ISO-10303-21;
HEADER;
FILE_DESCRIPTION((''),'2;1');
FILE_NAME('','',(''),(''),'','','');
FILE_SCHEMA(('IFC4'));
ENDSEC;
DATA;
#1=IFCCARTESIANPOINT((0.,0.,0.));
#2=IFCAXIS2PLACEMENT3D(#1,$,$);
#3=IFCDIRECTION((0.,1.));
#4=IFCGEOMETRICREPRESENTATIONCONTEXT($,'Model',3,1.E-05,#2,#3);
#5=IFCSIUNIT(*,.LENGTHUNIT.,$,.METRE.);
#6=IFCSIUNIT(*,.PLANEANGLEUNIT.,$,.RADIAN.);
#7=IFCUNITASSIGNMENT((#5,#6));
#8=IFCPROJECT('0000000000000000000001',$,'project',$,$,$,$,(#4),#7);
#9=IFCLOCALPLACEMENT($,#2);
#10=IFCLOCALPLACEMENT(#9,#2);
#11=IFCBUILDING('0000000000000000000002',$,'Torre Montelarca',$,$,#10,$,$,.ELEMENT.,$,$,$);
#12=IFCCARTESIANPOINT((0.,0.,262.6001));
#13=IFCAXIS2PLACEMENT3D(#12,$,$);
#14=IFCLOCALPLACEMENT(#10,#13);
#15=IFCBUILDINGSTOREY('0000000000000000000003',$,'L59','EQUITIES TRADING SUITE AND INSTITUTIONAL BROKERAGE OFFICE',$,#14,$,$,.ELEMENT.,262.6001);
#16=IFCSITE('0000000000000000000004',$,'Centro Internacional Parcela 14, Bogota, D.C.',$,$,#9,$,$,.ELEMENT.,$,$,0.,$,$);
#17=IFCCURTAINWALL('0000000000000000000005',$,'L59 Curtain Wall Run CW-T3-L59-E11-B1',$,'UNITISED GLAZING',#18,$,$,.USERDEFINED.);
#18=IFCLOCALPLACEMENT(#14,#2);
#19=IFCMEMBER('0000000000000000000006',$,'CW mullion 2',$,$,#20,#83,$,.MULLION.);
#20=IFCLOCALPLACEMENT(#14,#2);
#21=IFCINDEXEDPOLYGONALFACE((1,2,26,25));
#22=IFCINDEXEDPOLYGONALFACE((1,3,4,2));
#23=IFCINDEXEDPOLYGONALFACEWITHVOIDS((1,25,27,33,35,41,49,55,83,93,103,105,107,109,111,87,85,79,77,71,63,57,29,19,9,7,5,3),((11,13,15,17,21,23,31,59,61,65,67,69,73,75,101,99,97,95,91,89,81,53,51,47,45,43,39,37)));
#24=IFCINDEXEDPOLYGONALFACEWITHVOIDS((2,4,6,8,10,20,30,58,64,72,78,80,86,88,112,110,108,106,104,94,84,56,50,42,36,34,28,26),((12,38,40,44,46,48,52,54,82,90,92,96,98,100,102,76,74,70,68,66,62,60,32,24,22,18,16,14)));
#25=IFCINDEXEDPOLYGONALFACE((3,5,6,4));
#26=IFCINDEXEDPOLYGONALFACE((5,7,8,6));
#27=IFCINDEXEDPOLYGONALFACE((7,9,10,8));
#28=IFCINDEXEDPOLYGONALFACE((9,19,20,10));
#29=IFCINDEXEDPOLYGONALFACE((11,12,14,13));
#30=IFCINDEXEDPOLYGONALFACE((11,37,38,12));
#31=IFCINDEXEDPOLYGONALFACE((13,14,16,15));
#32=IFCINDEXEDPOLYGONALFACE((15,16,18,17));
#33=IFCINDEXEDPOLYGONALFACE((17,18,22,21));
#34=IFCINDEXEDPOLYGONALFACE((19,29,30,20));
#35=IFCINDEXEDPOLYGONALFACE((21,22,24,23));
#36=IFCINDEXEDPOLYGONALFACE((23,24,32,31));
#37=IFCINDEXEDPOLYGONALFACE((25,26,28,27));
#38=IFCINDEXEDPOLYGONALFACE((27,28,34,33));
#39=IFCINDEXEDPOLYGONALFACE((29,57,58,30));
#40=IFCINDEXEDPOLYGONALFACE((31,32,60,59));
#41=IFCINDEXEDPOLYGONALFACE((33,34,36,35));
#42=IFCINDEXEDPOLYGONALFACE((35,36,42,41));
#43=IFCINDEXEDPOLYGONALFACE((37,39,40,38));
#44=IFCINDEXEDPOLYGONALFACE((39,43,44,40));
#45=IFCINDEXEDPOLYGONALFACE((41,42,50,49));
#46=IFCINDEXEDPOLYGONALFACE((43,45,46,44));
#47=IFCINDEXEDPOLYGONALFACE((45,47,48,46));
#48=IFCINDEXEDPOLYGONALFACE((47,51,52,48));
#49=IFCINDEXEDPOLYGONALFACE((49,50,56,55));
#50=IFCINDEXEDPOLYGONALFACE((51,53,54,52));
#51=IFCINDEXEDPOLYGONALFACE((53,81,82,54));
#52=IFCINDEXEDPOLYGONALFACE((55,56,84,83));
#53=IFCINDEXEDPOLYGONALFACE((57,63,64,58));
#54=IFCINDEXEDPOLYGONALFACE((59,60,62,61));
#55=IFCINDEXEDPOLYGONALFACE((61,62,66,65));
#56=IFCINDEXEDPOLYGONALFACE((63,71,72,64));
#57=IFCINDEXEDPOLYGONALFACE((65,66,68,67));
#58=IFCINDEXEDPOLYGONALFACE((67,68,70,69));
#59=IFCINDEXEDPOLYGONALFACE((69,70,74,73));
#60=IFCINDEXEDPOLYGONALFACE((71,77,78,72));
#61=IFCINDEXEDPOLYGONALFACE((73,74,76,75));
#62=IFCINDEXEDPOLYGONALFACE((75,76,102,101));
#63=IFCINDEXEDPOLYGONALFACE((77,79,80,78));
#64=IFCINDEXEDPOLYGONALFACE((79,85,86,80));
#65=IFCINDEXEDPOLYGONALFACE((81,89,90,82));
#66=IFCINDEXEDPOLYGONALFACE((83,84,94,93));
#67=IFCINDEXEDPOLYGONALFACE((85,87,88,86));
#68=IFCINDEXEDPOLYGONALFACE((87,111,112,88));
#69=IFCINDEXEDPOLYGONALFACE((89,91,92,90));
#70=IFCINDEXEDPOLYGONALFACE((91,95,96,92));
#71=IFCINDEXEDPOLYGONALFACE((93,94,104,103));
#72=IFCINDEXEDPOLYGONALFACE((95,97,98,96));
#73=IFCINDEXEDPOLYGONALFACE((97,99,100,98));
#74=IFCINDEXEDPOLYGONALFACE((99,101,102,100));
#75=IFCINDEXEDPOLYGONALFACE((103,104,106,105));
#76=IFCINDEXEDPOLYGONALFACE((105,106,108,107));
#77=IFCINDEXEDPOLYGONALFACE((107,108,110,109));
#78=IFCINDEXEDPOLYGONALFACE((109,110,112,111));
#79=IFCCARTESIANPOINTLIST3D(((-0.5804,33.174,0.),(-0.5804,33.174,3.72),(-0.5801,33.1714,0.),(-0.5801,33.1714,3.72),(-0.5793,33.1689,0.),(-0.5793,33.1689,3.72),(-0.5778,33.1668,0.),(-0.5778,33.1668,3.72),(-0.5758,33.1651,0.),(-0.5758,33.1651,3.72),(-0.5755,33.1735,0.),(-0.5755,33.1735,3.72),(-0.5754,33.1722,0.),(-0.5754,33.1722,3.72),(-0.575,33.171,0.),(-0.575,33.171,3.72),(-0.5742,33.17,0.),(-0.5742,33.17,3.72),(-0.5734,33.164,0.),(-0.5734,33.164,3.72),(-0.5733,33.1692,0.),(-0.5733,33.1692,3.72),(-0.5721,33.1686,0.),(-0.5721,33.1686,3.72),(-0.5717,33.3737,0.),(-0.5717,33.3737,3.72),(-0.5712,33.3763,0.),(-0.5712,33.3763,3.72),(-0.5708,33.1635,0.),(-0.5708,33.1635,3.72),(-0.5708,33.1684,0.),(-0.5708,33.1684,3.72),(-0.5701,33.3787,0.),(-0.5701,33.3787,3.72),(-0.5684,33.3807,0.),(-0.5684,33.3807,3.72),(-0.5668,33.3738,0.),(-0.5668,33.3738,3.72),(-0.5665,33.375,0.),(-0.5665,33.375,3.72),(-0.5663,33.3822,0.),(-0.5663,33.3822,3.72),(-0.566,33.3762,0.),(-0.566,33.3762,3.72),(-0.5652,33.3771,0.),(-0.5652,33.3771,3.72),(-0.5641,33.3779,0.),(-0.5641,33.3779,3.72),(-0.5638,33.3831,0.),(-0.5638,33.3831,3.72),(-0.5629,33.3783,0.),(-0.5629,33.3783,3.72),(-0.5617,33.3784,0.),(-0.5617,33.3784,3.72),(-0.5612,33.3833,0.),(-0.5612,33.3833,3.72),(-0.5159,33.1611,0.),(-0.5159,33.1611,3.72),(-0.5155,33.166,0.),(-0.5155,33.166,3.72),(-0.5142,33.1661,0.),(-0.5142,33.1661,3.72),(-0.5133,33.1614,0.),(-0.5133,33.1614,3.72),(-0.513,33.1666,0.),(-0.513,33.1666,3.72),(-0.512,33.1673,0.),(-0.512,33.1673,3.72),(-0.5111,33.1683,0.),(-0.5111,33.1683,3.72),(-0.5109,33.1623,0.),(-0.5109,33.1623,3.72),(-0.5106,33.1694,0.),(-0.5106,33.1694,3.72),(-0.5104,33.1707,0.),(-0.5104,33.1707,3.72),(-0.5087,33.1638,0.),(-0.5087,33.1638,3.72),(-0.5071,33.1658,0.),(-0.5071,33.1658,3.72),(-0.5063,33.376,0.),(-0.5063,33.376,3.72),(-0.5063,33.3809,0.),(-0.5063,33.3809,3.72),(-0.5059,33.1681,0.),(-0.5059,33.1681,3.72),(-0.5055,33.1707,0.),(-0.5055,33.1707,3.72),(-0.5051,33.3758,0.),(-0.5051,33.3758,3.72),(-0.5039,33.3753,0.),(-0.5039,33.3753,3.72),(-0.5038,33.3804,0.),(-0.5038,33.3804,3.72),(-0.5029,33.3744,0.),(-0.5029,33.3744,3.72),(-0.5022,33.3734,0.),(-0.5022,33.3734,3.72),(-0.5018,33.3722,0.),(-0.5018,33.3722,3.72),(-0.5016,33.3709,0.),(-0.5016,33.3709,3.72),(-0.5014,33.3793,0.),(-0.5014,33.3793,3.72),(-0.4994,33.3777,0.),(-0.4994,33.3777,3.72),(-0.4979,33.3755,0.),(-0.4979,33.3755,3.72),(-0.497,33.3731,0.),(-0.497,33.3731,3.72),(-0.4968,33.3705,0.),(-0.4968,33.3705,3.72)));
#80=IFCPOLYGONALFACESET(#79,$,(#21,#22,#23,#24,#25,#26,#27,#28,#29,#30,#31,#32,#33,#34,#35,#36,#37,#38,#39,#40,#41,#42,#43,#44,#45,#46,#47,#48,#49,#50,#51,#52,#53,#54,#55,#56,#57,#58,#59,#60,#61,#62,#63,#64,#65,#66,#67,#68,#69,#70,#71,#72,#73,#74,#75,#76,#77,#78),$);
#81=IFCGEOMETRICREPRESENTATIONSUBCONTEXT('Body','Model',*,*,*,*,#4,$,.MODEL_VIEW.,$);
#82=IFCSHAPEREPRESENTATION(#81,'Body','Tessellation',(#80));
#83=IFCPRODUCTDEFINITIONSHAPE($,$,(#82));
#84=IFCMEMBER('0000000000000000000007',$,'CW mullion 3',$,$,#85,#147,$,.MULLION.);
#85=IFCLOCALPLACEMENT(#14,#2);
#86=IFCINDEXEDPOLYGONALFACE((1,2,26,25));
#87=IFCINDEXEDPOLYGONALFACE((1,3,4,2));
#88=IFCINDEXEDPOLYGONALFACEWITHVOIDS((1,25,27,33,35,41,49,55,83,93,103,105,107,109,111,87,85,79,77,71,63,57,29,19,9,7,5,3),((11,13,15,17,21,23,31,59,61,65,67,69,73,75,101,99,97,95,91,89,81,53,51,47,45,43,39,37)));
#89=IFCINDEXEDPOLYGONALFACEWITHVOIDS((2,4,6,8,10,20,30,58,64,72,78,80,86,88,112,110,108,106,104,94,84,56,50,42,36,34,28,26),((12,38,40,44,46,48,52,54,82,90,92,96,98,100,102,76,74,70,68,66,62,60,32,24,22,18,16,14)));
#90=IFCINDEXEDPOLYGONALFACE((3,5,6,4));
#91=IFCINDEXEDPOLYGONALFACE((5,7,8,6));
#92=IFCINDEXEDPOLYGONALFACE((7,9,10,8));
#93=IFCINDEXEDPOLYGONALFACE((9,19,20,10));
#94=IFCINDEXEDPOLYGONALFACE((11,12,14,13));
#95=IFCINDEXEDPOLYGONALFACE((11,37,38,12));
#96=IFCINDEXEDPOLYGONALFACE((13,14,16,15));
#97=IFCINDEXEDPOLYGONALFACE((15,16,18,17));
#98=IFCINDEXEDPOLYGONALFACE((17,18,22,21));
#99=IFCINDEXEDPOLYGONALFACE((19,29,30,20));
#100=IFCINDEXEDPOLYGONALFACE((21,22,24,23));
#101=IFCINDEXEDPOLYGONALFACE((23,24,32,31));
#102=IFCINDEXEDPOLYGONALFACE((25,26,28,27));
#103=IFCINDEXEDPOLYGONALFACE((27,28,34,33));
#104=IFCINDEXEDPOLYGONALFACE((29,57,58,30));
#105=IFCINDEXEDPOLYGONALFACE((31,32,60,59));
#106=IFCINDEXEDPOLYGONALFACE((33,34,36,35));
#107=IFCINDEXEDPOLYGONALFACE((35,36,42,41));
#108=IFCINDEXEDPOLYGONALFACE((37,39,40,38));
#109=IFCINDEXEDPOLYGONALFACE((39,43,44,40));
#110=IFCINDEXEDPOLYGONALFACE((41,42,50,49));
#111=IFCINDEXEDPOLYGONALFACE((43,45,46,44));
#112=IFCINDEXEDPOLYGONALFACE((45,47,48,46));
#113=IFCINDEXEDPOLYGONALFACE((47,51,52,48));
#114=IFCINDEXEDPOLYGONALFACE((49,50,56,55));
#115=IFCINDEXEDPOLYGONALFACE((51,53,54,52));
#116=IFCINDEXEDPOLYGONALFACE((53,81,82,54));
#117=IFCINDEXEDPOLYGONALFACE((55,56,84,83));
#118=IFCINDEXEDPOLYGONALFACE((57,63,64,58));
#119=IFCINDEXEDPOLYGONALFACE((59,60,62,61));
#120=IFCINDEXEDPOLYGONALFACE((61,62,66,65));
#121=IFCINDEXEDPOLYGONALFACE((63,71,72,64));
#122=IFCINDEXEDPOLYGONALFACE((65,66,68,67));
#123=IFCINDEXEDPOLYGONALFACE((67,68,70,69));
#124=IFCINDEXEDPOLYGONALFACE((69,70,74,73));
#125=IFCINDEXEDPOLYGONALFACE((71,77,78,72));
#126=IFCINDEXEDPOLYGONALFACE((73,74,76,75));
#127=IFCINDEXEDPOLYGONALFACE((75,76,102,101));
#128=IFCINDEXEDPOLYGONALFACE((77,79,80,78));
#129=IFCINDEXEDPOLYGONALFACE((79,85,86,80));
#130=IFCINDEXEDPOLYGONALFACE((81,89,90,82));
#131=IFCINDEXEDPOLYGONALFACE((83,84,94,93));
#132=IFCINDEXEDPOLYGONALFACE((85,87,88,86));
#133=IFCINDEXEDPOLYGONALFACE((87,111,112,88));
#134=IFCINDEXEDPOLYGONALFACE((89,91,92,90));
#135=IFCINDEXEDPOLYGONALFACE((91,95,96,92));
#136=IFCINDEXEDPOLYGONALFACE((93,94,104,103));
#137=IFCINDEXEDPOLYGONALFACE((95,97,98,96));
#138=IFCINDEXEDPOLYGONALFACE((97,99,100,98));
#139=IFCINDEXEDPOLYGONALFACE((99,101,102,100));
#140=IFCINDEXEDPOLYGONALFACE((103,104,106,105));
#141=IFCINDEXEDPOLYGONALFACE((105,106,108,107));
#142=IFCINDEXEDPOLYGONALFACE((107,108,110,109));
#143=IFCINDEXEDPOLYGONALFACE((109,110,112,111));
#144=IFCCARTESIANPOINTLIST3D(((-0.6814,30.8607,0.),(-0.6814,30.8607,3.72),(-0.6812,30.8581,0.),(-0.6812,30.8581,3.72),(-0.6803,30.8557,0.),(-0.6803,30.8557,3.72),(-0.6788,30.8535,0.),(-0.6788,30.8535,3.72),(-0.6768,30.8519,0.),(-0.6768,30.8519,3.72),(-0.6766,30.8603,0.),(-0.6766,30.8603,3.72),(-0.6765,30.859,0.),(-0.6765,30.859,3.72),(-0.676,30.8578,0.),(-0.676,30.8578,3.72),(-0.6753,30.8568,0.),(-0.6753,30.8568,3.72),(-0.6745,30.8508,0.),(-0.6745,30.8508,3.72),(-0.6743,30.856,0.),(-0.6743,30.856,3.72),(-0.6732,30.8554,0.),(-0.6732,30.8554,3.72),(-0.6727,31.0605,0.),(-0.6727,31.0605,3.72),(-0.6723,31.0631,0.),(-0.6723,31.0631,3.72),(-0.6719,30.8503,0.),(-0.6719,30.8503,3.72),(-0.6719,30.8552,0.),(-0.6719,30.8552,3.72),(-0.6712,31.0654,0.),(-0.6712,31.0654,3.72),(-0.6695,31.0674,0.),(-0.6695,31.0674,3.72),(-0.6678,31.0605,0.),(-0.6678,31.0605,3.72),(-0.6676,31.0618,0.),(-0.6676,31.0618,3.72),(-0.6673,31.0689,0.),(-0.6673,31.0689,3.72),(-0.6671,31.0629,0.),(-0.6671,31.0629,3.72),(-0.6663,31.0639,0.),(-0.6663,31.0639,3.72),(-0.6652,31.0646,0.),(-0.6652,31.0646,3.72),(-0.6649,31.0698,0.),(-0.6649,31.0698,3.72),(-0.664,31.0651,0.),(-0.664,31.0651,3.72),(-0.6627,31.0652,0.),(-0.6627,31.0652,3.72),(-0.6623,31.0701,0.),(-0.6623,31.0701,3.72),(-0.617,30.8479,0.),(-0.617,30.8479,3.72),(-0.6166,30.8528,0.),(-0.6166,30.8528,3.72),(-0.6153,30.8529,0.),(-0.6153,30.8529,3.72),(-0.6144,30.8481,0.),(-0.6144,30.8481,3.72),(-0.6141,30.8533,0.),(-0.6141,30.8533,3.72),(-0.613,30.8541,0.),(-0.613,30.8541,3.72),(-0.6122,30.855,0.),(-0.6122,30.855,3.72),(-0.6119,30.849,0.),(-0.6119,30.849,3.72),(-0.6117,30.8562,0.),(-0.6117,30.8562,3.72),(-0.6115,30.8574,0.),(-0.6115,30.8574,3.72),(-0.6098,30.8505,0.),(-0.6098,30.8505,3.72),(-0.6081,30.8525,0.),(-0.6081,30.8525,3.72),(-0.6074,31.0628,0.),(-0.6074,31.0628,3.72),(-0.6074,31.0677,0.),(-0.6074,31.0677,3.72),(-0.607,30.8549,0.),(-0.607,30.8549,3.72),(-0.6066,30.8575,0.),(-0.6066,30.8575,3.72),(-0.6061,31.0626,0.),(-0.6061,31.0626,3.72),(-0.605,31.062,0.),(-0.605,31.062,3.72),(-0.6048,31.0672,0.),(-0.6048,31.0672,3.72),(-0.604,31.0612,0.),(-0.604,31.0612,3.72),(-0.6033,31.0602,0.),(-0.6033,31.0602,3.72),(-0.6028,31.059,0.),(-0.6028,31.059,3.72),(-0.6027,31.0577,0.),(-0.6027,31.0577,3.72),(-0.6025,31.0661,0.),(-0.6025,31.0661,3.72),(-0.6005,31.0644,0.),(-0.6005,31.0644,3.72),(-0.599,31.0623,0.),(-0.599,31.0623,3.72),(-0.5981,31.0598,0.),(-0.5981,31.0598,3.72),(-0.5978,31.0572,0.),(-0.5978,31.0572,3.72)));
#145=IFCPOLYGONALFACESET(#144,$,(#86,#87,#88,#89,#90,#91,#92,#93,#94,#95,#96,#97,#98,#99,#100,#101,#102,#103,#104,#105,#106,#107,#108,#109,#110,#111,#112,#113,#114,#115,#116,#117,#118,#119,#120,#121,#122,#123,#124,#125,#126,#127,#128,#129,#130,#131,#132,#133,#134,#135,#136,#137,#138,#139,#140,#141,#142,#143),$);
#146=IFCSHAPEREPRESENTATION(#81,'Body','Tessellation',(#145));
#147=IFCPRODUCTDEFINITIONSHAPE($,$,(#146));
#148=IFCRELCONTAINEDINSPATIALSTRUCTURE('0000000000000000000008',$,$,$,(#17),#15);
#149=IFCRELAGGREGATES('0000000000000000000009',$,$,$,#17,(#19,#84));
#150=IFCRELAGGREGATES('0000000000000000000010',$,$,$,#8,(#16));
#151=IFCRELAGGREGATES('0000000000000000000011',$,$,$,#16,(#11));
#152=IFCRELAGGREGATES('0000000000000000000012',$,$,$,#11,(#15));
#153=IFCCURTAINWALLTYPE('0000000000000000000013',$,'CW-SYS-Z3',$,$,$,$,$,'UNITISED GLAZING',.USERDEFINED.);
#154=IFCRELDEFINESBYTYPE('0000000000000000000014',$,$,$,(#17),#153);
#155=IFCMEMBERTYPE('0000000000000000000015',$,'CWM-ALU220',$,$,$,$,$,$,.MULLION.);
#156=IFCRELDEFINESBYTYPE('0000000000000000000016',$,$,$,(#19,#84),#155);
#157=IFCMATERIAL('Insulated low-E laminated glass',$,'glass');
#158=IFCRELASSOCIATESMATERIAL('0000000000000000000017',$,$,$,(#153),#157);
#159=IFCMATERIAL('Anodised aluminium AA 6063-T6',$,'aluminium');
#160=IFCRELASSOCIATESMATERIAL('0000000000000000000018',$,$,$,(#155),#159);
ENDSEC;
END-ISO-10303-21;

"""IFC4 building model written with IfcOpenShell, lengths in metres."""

from ifc_helpers import new_model, si_unit, direction, frame, origin, origin_2d, place, context, subcontext, project, spatial, hollow_rectangle, extrude, source, transform, mapped, material, material_profile, profile_set, type_object, element, aggregate, save


model = new_model("IFC4")

# Units and contexts
model_context = context("Model", 3, precision=1e-05, world=origin(), true_north=direction((0.0, 1.0)))
body_context = subcontext(model_context, "Body", "Model", "MODEL_VIEW")
ifc_project = project(units=[si_unit("LENGTHUNIT", "METRE"), si_unit("PLANEANGLEUNIT", "RADIAN")], contexts=[model_context])

# Site, building, storey
site_placement = place(None, origin())
site = spatial("IfcSite", under=ifc_project, at=site_placement, Name="Centro Internacional Parcela 14, Bogota, D.C.", CompositionType="ELEMENT", RefElevation=0.0)
building_placement = place(site_placement, origin())
building = spatial("IfcBuilding", under=site, at=building_placement, Name="Torre Montelarca", CompositionType="ELEMENT")
storey_placement = place(building_placement, frame((0.0, 0.0, 262.6001)))
storey = spatial("IfcBuildingStorey", under=building, at=storey_placement, Name="L59", Description="EQUITIES TRADING SUITE AND INSTITUTIONAL BROKERAGE OFFICE", CompositionType="ELEMENT", Elevation=262.6001)

# Shared definitions
ifc_material_1 = material(Name="Insulated low-E laminated glass", Category="glass")
curtain_wall_type = type_object("IfcCurtainWallType", Name="CW-SYS-Z3", ElementType="UNITISED GLAZING", PredefinedType="USERDEFINED", material=ifc_material_1)
ifc_material_2 = material(Name="Anodised aluminium AA 6063-T6", Category="aluminium")
ifc_material_profile_1 = material_profile(ifc_material_2, hollow_rectangle(XDim=0.075, YDim=0.22, WallThickness=0.0049, InnerFilletRadius=0.0049, OuterFilletRadius=0.01, at=origin_2d()), Name="ALU75X220X5", Category="aluminium")
ifc_profile_set_1 = profile_set([ifc_material_profile_1], Name="Anodised aluminium AA 6063-T6")
member_type_1 = type_object("IfcMemberType", Name="CWM-ALU220", PredefinedType="MULLION", material=ifc_profile_set_1)
shared_shape_1 = source(origin(), body_context, "Body", "SweptSolid", [
    extrude(hollow_rectangle(XDim=0.075, YDim=0.22, WallThickness=0.0049, InnerFilletRadius=0.0049, OuterFilletRadius=0.01, at=origin_2d()), origin(), (0.0, 0.0, 1.0), 3.72),
])

# Curtain wall, members
curtain_wall_1_placement = place(storey_placement, origin())
curtain_wall_1 = element("IfcCurtainWall", 1, at=curtain_wall_1_placement, inside=storey, type_object=curtain_wall_type, Name="L59 Curtain Wall Run CW-T3-L59-E11-B1", ObjectType="UNITISED GLAZING", PredefinedType="USERDEFINED")
member_1_placement = place(storey_placement, frame((-0.5386, 33.2722, 0.0), z_axis=(0.0, 0.0, 1.0), x_axis=(0.999048, -0.043626, 0.0)))
member_1 = element("IfcMember", 2, at=member_1_placement, type_object=member_type_1, Name="CW mullion 2", PredefinedType="MULLION", context=body_context, shape_type="MappedRepresentation", body=[
    mapped(shared_shape_1, transform((0.0, 0.0, 0.0), scale=1.0)),
])
member_2_placement = place(storey_placement, frame((-0.6396, 30.959, 0.0), z_axis=(0.0, 0.0, 1.0), x_axis=(0.999048, -0.043626, 0.0)))
member_2 = element("IfcMember", 3, at=member_2_placement, type_object=member_type_1, Name="CW mullion 3", PredefinedType="MULLION", context=body_context, shape_type="MappedRepresentation", body=[
    mapped(shared_shape_1, transform((0.0, 0.0, 0.0), scale=1.0)),
])

aggregate(curtain_wall_1, [member_1, member_2])

save(model, "model.ifc")
